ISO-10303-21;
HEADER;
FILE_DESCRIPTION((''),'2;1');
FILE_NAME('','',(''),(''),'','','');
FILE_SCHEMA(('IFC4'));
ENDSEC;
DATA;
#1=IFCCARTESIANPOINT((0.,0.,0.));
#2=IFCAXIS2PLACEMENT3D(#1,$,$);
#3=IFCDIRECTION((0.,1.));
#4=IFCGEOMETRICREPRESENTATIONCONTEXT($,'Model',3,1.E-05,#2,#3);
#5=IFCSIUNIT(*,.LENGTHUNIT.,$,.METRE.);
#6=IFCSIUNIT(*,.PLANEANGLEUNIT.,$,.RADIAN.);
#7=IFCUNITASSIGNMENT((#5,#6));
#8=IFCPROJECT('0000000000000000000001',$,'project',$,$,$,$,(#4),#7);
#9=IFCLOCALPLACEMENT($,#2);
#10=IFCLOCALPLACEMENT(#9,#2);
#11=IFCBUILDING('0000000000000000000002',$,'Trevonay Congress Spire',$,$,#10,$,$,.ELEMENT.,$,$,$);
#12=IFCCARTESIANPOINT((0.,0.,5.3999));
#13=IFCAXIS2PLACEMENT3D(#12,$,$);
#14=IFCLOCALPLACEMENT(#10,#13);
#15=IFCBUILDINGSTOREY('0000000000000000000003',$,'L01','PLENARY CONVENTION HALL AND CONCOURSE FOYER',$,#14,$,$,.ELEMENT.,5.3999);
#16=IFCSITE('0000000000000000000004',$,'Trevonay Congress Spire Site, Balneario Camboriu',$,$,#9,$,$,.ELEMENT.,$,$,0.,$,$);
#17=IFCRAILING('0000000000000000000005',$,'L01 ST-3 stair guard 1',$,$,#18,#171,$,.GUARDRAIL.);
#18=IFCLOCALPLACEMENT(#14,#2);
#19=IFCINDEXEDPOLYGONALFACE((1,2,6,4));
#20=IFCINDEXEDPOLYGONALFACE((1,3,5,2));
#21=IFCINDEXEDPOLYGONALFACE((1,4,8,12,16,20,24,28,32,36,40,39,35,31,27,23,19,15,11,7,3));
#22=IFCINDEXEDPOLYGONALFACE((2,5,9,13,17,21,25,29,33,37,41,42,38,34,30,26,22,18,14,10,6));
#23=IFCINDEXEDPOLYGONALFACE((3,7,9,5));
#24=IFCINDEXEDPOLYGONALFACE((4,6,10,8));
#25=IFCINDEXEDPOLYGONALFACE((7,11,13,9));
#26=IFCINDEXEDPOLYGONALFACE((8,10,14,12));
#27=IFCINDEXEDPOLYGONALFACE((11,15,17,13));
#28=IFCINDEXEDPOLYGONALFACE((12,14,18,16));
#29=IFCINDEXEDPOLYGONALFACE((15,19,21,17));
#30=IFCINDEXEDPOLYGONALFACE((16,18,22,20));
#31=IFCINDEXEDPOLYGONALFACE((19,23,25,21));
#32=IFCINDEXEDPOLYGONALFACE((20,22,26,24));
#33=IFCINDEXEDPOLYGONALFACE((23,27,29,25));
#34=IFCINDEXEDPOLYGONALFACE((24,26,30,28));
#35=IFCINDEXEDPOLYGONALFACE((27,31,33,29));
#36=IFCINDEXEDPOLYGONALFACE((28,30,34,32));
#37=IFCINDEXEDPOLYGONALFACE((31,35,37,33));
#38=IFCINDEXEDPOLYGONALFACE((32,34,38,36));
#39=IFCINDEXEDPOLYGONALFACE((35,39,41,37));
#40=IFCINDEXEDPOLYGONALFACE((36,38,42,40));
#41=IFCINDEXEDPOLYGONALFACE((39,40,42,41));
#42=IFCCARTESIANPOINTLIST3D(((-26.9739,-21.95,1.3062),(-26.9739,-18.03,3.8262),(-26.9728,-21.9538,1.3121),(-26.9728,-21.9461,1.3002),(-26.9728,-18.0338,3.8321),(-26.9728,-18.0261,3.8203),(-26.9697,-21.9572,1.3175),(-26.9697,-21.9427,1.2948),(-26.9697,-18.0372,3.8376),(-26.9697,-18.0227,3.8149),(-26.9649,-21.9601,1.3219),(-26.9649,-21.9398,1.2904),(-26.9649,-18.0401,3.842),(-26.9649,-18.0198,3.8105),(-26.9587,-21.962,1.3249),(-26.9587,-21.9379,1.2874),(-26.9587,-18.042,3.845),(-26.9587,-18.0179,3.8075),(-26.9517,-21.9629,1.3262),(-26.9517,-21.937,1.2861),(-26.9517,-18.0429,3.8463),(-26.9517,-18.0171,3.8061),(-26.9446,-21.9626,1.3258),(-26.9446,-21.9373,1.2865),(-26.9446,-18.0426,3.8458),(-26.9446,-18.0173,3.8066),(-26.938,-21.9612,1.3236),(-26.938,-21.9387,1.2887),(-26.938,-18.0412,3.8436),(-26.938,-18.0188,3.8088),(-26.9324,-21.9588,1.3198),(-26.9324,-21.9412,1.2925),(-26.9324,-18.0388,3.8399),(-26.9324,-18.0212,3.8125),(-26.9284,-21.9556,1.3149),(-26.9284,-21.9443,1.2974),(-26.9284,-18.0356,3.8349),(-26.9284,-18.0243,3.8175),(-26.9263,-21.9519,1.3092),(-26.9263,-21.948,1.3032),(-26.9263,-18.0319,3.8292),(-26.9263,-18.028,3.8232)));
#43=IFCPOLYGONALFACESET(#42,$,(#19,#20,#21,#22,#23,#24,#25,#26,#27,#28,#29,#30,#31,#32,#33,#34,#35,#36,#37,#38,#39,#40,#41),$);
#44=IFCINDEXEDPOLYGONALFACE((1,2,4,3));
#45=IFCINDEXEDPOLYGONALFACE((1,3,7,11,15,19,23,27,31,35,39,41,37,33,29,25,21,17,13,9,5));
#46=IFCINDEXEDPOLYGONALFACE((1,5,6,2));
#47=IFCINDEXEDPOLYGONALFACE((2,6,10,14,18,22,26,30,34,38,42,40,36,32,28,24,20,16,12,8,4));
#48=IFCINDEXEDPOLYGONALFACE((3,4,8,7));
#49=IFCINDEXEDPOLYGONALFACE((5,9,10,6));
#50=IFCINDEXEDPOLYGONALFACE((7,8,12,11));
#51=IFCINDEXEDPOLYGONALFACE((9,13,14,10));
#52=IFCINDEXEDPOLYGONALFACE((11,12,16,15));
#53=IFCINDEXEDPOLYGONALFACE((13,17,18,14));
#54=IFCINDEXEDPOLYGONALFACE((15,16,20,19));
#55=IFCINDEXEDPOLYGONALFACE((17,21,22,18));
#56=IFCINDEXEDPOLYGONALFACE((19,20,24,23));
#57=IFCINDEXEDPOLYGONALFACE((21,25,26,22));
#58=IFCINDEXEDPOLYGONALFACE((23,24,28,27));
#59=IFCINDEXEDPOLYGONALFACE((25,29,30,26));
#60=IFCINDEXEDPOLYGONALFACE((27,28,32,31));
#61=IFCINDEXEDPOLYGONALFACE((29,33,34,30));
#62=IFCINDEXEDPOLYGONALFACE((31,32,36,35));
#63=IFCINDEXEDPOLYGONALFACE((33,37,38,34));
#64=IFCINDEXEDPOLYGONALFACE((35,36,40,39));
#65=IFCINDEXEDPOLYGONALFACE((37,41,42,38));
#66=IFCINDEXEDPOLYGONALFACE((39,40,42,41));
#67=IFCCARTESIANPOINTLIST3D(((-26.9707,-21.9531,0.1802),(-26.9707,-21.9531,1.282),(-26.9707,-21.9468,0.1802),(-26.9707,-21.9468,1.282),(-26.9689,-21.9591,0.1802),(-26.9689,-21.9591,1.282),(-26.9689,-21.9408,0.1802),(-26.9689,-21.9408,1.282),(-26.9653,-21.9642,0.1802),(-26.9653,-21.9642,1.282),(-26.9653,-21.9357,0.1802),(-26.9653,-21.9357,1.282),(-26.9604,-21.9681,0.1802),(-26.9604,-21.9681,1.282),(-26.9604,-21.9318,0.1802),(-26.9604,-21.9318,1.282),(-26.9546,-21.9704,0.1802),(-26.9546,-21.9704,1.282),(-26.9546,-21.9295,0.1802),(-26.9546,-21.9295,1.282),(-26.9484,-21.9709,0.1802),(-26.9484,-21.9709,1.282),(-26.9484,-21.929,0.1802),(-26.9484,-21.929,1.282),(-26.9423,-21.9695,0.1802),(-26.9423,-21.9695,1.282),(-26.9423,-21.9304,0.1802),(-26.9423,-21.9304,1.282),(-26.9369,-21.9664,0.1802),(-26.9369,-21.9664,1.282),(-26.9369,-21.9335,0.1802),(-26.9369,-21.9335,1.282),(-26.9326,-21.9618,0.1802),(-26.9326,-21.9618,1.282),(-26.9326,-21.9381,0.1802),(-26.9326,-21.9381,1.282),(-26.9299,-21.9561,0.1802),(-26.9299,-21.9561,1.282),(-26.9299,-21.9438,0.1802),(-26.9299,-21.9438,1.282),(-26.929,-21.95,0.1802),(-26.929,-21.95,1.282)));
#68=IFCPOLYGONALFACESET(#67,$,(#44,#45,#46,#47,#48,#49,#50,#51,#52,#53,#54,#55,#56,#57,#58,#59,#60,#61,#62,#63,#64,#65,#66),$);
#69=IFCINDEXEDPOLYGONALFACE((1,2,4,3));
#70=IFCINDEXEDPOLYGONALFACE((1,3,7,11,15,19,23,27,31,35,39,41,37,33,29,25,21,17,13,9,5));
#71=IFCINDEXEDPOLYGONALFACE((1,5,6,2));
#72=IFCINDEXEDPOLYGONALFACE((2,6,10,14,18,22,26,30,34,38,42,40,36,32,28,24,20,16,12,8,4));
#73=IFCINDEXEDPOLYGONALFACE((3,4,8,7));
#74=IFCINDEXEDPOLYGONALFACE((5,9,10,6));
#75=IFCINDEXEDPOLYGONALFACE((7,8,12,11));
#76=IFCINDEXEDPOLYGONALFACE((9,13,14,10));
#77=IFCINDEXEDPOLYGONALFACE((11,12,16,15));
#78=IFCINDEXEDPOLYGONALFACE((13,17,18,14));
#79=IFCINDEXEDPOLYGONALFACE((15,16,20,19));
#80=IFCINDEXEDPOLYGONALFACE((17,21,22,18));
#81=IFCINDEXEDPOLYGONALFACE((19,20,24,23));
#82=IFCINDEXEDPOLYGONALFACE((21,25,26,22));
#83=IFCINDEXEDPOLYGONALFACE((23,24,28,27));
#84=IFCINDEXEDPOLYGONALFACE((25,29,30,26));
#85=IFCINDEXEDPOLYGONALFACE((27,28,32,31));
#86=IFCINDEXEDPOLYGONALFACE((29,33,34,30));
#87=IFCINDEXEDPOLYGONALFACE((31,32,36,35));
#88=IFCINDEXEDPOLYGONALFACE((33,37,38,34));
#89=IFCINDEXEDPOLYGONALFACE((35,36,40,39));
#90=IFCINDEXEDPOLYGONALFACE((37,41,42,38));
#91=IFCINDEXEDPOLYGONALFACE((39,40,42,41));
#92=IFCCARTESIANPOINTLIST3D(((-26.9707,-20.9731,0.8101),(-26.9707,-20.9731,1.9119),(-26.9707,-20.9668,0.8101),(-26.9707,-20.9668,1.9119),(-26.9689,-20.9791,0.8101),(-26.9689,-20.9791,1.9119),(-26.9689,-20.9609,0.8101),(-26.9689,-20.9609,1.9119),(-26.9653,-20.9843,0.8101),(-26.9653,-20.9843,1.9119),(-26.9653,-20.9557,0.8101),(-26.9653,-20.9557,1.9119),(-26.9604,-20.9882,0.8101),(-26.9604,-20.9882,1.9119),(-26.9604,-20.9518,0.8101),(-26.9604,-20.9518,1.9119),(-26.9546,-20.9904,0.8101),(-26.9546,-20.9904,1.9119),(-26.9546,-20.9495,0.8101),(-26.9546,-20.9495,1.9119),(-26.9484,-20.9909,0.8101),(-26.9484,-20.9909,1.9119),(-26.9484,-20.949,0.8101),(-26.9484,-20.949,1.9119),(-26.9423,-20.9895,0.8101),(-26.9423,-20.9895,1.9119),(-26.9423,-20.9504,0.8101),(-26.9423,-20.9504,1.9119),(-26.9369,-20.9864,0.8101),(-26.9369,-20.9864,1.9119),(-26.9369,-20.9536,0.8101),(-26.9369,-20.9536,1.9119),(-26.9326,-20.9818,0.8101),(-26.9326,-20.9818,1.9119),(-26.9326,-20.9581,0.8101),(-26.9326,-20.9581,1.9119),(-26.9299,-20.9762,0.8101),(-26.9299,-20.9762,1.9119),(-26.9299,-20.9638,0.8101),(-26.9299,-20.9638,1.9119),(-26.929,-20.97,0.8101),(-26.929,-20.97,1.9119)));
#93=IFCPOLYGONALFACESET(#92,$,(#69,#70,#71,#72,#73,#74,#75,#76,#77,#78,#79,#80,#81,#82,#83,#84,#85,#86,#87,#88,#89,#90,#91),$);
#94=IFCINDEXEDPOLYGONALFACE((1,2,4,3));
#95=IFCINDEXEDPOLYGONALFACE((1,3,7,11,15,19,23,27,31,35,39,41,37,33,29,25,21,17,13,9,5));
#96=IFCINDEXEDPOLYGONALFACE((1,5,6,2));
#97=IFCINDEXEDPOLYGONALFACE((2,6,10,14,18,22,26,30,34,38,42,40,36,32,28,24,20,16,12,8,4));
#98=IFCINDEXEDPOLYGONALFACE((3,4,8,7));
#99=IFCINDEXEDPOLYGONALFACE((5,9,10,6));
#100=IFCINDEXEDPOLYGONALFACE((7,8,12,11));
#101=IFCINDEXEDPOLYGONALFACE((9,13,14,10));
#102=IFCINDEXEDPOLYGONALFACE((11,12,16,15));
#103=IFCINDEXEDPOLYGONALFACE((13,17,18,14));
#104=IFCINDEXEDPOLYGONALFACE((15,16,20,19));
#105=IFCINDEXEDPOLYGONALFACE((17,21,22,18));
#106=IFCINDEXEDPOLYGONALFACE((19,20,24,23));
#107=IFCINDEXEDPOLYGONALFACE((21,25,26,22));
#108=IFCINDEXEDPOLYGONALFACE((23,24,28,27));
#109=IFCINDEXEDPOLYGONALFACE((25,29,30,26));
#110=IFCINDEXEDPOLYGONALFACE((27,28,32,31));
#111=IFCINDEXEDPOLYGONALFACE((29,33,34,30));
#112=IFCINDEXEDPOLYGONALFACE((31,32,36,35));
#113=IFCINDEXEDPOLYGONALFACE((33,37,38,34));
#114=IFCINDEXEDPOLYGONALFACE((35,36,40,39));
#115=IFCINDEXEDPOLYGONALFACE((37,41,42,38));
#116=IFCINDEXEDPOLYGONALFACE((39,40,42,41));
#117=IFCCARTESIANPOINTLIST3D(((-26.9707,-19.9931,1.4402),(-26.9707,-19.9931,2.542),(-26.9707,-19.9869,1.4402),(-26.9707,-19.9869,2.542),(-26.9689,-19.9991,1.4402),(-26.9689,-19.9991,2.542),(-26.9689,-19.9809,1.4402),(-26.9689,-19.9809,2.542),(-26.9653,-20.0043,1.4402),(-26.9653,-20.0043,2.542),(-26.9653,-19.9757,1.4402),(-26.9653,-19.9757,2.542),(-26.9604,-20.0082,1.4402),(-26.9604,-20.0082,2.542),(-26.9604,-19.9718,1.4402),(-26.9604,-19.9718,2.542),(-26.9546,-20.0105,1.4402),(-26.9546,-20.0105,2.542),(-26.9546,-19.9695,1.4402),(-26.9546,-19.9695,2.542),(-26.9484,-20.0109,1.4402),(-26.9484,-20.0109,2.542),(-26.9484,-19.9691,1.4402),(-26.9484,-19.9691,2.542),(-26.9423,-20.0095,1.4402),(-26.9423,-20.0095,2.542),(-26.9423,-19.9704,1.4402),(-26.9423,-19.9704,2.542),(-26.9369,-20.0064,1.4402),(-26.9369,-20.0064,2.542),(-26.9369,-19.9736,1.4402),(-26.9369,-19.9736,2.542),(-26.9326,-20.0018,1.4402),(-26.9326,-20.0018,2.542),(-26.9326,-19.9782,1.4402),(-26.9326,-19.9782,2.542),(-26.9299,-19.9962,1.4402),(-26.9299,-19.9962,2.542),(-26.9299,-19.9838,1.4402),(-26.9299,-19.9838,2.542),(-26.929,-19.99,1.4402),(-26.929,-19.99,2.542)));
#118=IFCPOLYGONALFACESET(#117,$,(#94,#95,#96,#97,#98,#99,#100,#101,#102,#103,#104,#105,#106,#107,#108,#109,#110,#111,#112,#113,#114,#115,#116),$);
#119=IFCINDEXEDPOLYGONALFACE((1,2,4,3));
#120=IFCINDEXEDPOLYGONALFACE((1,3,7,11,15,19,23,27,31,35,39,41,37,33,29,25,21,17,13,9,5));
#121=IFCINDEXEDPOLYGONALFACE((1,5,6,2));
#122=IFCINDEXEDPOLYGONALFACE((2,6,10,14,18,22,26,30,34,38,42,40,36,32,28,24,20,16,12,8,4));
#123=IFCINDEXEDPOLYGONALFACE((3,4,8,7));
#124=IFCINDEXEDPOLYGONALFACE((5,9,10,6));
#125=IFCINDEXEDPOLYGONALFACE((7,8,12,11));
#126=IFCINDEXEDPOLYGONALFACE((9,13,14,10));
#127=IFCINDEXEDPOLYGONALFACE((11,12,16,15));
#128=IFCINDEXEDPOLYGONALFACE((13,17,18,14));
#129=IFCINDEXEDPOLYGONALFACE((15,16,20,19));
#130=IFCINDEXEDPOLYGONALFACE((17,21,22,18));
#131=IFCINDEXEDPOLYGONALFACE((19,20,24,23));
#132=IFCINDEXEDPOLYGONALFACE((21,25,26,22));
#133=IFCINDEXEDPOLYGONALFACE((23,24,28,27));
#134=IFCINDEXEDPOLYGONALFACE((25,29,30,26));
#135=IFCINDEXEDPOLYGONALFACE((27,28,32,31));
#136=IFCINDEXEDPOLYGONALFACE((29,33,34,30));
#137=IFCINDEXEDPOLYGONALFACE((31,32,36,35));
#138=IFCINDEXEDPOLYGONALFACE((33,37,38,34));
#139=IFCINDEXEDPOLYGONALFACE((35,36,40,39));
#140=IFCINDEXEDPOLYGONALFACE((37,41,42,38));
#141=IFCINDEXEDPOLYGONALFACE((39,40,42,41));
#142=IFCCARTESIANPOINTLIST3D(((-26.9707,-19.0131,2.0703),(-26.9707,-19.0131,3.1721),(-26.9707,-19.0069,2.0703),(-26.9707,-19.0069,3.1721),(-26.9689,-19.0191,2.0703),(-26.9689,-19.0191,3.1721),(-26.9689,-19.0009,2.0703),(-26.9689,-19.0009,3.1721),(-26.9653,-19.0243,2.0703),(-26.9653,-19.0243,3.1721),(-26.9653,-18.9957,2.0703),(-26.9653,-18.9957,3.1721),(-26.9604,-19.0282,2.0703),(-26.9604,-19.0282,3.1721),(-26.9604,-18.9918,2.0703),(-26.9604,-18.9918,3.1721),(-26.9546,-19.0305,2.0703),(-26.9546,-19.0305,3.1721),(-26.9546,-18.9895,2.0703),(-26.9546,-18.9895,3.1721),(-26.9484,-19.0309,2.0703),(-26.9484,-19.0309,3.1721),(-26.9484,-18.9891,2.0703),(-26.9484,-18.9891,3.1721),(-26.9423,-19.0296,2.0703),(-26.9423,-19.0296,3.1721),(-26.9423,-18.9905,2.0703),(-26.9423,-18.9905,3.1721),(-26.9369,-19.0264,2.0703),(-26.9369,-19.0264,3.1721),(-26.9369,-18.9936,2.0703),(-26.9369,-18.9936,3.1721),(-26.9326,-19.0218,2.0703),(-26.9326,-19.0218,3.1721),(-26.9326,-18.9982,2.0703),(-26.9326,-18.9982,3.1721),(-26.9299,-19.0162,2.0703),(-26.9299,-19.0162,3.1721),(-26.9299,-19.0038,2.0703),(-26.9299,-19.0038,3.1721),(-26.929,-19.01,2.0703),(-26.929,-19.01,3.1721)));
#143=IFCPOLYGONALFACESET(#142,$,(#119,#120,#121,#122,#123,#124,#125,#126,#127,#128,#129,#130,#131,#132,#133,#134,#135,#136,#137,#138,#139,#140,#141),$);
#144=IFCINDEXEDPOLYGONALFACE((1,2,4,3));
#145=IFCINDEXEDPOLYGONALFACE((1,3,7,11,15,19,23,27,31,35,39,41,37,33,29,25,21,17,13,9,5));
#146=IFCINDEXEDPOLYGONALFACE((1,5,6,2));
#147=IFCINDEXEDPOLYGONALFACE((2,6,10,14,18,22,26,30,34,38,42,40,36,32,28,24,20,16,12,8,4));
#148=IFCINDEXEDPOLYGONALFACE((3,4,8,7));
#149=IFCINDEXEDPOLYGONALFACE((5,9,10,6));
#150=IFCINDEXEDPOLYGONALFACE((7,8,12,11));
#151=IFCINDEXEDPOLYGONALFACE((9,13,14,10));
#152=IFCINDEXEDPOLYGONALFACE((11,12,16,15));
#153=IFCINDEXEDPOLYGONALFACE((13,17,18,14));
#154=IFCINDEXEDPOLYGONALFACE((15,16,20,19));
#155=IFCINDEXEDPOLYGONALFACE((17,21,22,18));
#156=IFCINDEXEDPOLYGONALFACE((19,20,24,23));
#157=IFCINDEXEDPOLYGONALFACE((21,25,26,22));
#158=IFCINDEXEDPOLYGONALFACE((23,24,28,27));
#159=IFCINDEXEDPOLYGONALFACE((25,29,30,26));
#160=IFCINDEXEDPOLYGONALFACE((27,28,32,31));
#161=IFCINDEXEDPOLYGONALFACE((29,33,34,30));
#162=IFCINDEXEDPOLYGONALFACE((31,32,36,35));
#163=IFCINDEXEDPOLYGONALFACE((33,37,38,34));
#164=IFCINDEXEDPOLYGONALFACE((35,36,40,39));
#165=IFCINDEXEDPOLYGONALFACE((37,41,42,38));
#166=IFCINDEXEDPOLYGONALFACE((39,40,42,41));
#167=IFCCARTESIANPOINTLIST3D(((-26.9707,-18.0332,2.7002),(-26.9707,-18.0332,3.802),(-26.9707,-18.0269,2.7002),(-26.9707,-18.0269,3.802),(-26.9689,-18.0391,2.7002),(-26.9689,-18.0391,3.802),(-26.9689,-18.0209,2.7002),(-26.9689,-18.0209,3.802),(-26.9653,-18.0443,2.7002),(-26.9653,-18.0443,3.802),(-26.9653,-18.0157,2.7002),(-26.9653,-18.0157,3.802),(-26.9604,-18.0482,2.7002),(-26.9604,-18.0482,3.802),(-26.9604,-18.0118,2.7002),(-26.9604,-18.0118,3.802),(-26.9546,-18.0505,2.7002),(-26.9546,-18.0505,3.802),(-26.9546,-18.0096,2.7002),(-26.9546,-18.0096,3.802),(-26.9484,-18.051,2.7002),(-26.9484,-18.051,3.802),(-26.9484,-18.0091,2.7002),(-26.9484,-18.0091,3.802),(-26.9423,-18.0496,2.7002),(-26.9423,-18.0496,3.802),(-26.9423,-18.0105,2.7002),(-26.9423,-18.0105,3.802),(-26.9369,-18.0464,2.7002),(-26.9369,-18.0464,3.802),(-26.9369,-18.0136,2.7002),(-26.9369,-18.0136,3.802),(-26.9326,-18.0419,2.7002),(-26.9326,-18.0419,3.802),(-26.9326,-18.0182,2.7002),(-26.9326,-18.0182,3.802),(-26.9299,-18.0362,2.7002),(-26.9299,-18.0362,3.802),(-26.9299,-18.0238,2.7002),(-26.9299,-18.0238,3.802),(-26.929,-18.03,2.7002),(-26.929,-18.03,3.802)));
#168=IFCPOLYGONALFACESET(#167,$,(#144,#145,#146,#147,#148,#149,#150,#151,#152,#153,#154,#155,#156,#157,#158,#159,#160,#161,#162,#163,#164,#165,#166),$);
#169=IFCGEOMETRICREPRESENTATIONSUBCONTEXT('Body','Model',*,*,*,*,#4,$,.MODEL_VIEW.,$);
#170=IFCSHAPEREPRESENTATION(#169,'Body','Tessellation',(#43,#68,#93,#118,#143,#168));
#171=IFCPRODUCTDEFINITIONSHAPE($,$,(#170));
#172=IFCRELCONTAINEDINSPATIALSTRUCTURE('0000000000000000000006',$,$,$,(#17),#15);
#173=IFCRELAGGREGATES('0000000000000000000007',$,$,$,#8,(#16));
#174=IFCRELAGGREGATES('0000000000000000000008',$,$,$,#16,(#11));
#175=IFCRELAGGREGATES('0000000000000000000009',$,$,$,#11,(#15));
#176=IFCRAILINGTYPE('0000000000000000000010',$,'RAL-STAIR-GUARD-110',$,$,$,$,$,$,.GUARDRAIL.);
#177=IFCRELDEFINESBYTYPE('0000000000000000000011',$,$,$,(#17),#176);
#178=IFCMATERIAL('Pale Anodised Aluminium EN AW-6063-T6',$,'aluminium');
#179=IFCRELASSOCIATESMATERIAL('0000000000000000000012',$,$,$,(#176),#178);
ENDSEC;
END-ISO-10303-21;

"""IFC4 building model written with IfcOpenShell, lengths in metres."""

from ifc_helpers import new_model, si_unit, direction, frame, origin, origin_2d, place, context, subcontext, project, spatial, circle, extrude, material, type_object, element, save


model = new_model("IFC4")

# Units and contexts
model_context = context("Model", 3, precision=1e-05, world=origin(), true_north=direction((0.0, 1.0)))
body_context = subcontext(model_context, "Body", "Model", "MODEL_VIEW")
ifc_project = project(units=[si_unit("LENGTHUNIT", "METRE"), si_unit("PLANEANGLEUNIT", "RADIAN")], contexts=[model_context])

# Site, building, storey
site_placement = place(None, origin())
site = spatial("IfcSite", under=ifc_project, at=site_placement, Name="Trevonay Congress Spire Site, Balneario Camboriu", CompositionType="ELEMENT", RefElevation=0.0)
building_placement = place(site_placement, origin())
building = spatial("IfcBuilding", under=site, at=building_placement, Name="Trevonay Congress Spire", CompositionType="ELEMENT")
storey_placement = place(building_placement, frame((0.0, 0.0, 5.3999)))
storey = spatial("IfcBuildingStorey", under=building, at=storey_placement, Name="L01", Description="PLENARY CONVENTION HALL AND CONCOURSE FOYER", CompositionType="ELEMENT", Elevation=5.3999)

# Shared definitions
ifc_material_1 = material(Name="Pale Anodised Aluminium EN AW-6063-T6", Category="aluminium")

# Railing
railing_type_1 = type_object("IfcRailingType", Name="RAL-STAIR-GUARD-110", PredefinedType="GUARDRAIL", material=ifc_material_1)
railing_1_placement = place(storey_placement, frame((-26.95, -21.95, 0.1802)))
element("IfcRailing", 1, at=railing_1_placement, inside=storey, type_object=railing_type_1, Name="L01 ST-3 stair guard 1", PredefinedType="GUARDRAIL", context=body_context, shape_type="SweptSolid", body=[
    extrude(circle(Radius=0.0239, at=origin_2d()), frame((0.0, 0.0, 1.126), z_axis=(0.0, 0.841172, 0.540768), x_axis=(-1.0, 0.0, 0.0)), (0.0, 0.0, 1.0), 4.6602),
    extrude(circle(Radius=0.021, at=origin_2d()), origin(), (0.0, 0.0, 1.0), 1.1018),
    extrude(circle(Radius=0.021, at=origin_2d()), frame((0.0, 0.98, 0.6299)), (0.0, 0.0, 1.0), 1.1018),
    extrude(circle(Radius=0.021, at=origin_2d()), frame((0.0, 1.96, 1.26)), (0.0, 0.0, 1.0), 1.1018),
    extrude(circle(Radius=0.021, at=origin_2d()), frame((0.0, 2.9399, 1.8901)), (0.0, 0.0, 1.0), 1.1018),
    extrude(circle(Radius=0.021, at=origin_2d()), frame((0.0, 3.9199, 2.52)), (0.0, 0.0, 1.0), 1.1018),
])

save(model, "model.ifc")
